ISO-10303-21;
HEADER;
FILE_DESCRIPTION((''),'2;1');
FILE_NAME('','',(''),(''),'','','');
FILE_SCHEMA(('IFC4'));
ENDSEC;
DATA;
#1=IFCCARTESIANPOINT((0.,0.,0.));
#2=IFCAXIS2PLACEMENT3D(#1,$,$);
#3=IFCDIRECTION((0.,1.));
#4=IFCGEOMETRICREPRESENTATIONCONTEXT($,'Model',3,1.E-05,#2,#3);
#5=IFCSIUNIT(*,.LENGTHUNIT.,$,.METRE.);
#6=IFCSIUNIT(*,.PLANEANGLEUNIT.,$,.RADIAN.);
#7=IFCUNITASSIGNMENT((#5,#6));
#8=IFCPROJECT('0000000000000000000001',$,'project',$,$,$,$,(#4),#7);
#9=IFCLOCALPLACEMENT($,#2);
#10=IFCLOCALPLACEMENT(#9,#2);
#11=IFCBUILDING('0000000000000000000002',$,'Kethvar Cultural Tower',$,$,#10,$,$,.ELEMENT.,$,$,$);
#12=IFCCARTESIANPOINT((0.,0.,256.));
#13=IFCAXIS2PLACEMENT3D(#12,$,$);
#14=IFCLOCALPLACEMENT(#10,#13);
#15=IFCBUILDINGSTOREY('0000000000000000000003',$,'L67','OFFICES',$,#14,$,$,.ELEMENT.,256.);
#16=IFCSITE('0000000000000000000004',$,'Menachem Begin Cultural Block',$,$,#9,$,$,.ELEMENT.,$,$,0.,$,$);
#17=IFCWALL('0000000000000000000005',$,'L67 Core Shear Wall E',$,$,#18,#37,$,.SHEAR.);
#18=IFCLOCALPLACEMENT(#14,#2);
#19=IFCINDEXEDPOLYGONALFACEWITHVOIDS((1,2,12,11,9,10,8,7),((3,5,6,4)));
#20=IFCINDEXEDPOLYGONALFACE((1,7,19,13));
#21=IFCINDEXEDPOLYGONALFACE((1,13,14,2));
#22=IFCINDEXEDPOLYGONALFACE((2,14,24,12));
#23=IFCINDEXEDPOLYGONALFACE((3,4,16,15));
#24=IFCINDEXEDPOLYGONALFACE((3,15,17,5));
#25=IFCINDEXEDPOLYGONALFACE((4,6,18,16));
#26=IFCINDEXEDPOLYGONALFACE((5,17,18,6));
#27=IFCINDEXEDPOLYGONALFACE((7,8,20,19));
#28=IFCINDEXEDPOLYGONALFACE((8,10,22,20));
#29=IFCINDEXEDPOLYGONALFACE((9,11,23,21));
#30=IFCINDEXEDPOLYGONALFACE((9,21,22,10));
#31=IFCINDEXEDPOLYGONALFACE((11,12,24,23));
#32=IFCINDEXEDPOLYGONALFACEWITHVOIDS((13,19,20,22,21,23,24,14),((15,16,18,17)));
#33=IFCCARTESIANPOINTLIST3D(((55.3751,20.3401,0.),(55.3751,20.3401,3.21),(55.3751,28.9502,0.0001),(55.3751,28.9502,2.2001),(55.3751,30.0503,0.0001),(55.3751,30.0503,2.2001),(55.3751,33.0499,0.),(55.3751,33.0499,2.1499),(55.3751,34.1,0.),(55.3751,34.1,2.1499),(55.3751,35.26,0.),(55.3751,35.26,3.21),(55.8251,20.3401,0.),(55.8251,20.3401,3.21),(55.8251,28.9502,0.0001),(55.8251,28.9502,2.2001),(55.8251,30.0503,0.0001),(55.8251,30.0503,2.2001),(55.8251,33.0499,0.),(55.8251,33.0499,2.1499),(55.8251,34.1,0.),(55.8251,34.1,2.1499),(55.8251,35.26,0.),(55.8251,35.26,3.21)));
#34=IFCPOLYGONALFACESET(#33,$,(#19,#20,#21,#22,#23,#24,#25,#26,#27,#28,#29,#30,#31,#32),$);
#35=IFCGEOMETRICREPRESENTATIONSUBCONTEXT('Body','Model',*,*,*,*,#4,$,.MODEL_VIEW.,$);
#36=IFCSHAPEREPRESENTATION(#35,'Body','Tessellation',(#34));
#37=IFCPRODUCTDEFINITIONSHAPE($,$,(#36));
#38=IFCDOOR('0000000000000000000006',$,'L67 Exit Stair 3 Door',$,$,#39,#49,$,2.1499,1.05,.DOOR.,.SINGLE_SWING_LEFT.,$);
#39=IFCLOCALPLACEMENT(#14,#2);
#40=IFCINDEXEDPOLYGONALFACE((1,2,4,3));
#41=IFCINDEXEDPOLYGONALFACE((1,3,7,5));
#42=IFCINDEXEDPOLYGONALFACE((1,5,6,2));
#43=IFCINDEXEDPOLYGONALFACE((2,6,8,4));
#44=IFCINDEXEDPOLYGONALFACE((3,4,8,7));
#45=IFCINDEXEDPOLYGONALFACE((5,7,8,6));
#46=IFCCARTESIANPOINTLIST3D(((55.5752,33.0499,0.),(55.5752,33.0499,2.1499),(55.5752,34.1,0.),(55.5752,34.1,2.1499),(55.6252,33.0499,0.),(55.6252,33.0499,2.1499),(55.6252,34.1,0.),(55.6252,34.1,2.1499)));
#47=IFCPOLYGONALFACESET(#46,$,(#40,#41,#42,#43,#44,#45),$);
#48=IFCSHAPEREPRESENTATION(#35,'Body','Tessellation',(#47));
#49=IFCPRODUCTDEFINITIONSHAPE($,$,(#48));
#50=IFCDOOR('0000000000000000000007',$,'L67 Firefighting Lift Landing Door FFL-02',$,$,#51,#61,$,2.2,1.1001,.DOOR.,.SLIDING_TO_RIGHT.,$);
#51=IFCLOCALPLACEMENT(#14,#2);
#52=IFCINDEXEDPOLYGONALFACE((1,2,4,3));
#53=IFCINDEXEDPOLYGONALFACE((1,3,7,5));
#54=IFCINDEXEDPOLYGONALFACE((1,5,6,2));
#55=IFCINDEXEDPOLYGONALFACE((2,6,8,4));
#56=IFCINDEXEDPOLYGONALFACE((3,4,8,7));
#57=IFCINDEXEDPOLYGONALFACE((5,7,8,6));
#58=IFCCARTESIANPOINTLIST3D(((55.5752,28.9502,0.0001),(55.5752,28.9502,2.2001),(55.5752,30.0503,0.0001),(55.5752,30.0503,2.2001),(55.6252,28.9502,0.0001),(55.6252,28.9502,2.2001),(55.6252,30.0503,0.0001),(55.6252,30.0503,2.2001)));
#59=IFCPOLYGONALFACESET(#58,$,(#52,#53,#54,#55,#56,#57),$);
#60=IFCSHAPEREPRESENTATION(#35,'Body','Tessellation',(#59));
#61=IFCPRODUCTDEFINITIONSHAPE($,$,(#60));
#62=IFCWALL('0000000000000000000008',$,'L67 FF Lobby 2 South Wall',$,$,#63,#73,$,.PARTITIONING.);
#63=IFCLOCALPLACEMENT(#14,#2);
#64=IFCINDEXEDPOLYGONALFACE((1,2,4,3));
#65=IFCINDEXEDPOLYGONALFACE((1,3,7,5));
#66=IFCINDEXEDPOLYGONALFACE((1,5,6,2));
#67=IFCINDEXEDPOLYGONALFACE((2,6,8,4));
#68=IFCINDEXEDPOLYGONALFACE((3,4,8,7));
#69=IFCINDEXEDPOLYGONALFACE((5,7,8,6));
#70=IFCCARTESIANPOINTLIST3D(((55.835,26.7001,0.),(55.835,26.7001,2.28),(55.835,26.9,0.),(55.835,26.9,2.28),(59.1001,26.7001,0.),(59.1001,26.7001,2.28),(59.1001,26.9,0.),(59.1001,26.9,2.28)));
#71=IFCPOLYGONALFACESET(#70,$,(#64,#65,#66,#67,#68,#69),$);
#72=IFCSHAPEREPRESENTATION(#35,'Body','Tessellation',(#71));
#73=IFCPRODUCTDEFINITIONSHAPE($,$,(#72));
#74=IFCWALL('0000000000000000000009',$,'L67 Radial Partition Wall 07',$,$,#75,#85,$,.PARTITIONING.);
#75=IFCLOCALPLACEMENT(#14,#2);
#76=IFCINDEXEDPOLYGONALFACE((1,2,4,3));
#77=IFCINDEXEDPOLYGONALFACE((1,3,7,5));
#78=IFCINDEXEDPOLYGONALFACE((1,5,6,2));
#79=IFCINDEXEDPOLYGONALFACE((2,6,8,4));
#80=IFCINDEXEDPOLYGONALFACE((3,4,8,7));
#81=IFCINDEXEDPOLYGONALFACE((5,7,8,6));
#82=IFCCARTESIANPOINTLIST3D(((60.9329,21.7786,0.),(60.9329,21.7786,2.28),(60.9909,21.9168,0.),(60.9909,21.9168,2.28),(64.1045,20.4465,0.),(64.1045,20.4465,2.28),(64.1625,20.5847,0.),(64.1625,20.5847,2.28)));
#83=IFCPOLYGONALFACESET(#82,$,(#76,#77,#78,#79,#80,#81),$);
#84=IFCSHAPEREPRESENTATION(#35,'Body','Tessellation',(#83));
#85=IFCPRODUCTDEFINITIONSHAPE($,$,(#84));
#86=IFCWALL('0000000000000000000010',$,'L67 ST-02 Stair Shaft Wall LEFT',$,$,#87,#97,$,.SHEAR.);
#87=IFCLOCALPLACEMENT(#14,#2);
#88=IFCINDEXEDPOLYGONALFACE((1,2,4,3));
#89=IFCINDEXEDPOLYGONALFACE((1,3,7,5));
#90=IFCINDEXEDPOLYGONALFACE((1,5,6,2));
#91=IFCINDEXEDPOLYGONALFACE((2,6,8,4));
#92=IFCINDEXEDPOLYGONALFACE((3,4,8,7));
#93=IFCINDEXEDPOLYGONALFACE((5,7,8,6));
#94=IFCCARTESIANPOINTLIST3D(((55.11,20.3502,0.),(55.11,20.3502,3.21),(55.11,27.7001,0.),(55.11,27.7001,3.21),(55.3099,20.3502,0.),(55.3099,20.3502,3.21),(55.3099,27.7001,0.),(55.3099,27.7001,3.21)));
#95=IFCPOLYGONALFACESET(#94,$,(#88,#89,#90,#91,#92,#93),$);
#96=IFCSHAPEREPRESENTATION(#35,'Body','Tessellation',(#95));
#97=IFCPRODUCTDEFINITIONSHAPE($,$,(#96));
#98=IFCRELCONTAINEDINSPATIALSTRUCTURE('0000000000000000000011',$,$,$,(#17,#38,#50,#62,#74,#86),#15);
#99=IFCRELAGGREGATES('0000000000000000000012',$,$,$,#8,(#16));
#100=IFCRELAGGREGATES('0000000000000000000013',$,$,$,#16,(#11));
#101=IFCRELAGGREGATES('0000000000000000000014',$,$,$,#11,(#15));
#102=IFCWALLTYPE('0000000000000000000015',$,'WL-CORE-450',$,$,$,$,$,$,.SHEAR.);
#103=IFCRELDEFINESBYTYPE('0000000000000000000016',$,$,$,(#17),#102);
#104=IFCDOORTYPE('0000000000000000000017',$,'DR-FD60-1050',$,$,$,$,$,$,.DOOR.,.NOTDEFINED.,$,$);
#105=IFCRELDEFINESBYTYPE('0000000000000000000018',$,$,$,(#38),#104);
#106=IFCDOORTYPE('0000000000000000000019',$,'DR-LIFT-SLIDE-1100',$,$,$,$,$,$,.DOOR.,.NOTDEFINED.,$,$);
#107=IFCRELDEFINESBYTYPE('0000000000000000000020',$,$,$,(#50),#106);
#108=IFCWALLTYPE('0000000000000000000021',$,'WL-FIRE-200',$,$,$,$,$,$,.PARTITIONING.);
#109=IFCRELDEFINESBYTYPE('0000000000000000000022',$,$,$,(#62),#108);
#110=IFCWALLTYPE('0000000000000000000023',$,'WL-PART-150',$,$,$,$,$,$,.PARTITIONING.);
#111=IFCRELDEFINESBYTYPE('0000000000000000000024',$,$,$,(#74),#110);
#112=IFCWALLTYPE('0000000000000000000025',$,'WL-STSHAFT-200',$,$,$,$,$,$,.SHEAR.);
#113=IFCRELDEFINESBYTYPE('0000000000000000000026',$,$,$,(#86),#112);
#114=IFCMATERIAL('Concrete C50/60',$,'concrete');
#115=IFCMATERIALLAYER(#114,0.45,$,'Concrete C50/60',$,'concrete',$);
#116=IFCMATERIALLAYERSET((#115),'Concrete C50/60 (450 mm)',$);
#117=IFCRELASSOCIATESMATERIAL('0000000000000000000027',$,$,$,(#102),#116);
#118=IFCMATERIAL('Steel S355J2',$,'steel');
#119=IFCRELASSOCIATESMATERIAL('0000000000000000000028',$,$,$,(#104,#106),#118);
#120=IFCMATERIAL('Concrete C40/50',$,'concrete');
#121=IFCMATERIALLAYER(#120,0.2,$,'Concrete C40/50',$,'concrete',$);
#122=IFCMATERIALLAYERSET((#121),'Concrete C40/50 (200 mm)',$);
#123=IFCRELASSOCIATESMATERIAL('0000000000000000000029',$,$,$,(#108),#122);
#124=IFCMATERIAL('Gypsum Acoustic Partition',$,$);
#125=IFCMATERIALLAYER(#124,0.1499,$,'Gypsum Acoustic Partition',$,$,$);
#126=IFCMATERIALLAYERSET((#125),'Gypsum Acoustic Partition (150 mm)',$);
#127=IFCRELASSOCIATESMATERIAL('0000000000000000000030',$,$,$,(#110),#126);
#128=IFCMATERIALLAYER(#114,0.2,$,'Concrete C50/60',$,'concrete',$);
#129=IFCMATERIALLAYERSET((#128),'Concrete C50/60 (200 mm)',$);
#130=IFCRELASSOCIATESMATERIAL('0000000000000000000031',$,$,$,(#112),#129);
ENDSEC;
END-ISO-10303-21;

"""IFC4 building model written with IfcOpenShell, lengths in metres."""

from ifc_helpers import new_model, si_unit, direction, frame, frame_2d, origin, place, context, subcontext, project, spatial, rectangle, extrude, source, transform, mapped, material, layer, layer_set, type_object, element, fill, save


model = new_model("IFC4")

# Units and contexts
model_context = context("Model", 3, precision=1e-05, world=origin(), true_north=direction((0.0, 1.0)))
body_context = subcontext(model_context, "Body", "Model", "MODEL_VIEW")
ifc_project = project(units=[si_unit("LENGTHUNIT", "METRE"), si_unit("PLANEANGLEUNIT", "RADIAN")], contexts=[model_context])

# Site, building, storey
site_placement = place(None, origin())
site = spatial("IfcSite", under=ifc_project, at=site_placement, Name="Menachem Begin Cultural Block", CompositionType="ELEMENT", RefElevation=0.0)
building_placement = place(site_placement, origin())
building = spatial("IfcBuilding", under=site, at=building_placement, Name="Kethvar Cultural Tower", CompositionType="ELEMENT")
storey_placement = place(building_placement, frame((0.0, 0.0, 256.0)))
storey = spatial("IfcBuildingStorey", under=building, at=storey_placement, Name="L67", Description="OFFICES", CompositionType="ELEMENT", Elevation=256.0)

# Shared definitions
ifc_material_1 = material(Name="Steel S355J2", Category="steel")

# Wall, openings, doors
ifc_material_2 = material(Name="Concrete C50/60", Category="concrete")
ifc_layer_1 = layer(ifc_material_2, 0.45, Name="Concrete C50/60", Category="concrete")
ifc_layer_set_1 = layer_set([ifc_layer_1], Name="Concrete C50/60 (450 mm)")
wall_type_1 = type_object("IfcWallType", Name="WL-CORE-450", PredefinedType="SHEAR", material=ifc_layer_set_1)
wall_1_placement = place(storey_placement, frame((55.6001, 20.3401, 0.0), z_axis=(0.0, 0.0, 1.0), x_axis=(0.0, 1.0, 0.0)))
wall_1 = element("IfcWall", 1, at=wall_1_placement, inside=storey, type_object=wall_type_1, Name="L67 Core Shear Wall E", PredefinedType="SHEAR", context=body_context, shape_type="SweptSolid", body=[
    extrude(rectangle(XDim=14.9199, YDim=0.45, at=frame_2d((7.46, 0.0))), origin(), (0.0, 0.0, 1.0), 3.21),
])
opening_1_placement = place(wall_1_placement, frame((12.71, 0.0, 0.0)))
opening_1 = element("IfcOpeningElement", 2, at=opening_1_placement, cuts=wall_1, PredefinedType="OPENING", context=body_context, shape_type="SweptSolid", body=[
    extrude(rectangle(XDim=1.05, YDim=2.1499, at=frame_2d((0.5249, 1.075))), frame((0.0, 0.2349, 0.0), z_axis=(0.0, -1.0, 0.0), x_axis=(1.0, 0.0, 0.0)), (0.0, 0.0, 1.0), 0.47),
])
opening_2_placement = place(wall_1_placement, frame((8.6101, 0.0, 0.0)))
opening_2 = element("IfcOpeningElement", 3, at=opening_2_placement, cuts=wall_1, PredefinedType="OPENING", context=body_context, shape_type="SweptSolid", body=[
    extrude(rectangle(XDim=1.1001, YDim=2.2, at=frame_2d((0.55, 1.1001))), frame((0.0, 0.2349, 0.0), z_axis=(0.0, -1.0, 0.0), x_axis=(1.0, 0.0, 0.0)), (0.0, 0.0, 1.0), 0.47),
])
door_type_1 = type_object("IfcDoorType", Name="DR-FD60-1050", OperationType="NOTDEFINED", PredefinedType="DOOR", material=ifc_material_1)
shared_shape_1 = source(origin(), body_context, "Body", "SweptSolid", [
    extrude(rectangle(XDim=1.05, YDim=2.1499, at=frame_2d((0.5249, 1.075))), frame((0.0, 0.0249, 0.0), z_axis=(0.0, -1.0, 0.0), x_axis=(1.0, 0.0, 0.0)), (0.0, 0.0, 1.0), 0.05),
])
door_1_placement = place(opening_1_placement, origin())
door_1 = element("IfcDoor", 4, at=door_1_placement, inside=storey, type_object=door_type_1, Name="L67 Exit Stair 3 Door", OperationType="SINGLE_SWING_LEFT", OverallHeight=2.1499, OverallWidth=1.05, PredefinedType="DOOR", context=body_context, shape_type="MappedRepresentation", body=[
    mapped(shared_shape_1, transform((0.0, 0.0, 0.0), scale=1.0)),
])
fill(opening_1, door_1)
door_type_2 = type_object("IfcDoorType", Name="DR-LIFT-SLIDE-1100", OperationType="NOTDEFINED", PredefinedType="DOOR", material=ifc_material_1)
shared_shape_2 = source(origin(), body_context, "Body", "SweptSolid", [
    extrude(rectangle(XDim=1.1001, YDim=2.2, at=frame_2d((0.55, 1.1001))), frame((0.0, 0.0249, 0.0), z_axis=(0.0, -1.0, 0.0), x_axis=(1.0, 0.0, 0.0)), (0.0, 0.0, 1.0), 0.05),
])
door_2_placement = place(opening_2_placement, origin())
door_2 = element("IfcDoor", 5, at=door_2_placement, inside=storey, type_object=door_type_2, Name="L67 Firefighting Lift Landing Door FFL-02", OperationType="SLIDING_TO_RIGHT", OverallHeight=2.2, OverallWidth=1.1001, PredefinedType="DOOR", context=body_context, shape_type="MappedRepresentation", body=[
    mapped(shared_shape_2, transform((0.0, 0.0, 0.0), scale=1.0)),
])
fill(opening_2, door_2)

# Shared definitions
ifc_material_3 = material(Name="Concrete C40/50", Category="concrete")
ifc_layer_2 = layer(ifc_material_3, 0.2, Name="Concrete C40/50", Category="concrete")
ifc_layer_set_2 = layer_set([ifc_layer_2], Name="Concrete C40/50 (200 mm)")
wall_type_2 = type_object("IfcWallType", Name="WL-FIRE-200", PredefinedType="PARTITIONING", material=ifc_layer_set_2)

# Walls
wall_2_placement = place(storey_placement, frame((55.835, 26.8, 0.0), z_axis=(0.0, 0.0, 1.0), x_axis=(1.0, 0.0, 0.0)))
element("IfcWall", 6, at=wall_2_placement, inside=storey, type_object=wall_type_2, Name="L67 FF Lobby 2 South Wall", PredefinedType="PARTITIONING", context=body_context, shape_type="SweptSolid", body=[
    extrude(rectangle(XDim=3.2651, YDim=0.2, at=frame_2d((1.6326, 0.0))), origin(), (0.0, 0.0, 1.0), 2.28),
])
ifc_material_4 = material(Name="Gypsum Acoustic Partition")
ifc_layer_3 = layer(ifc_material_4, 0.1499, Name="Gypsum Acoustic Partition")
ifc_layer_set_3 = layer_set([ifc_layer_3], Name="Gypsum Acoustic Partition (150 mm)")
wall_type_3 = type_object("IfcWallType", Name="WL-PART-150", PredefinedType="PARTITIONING", material=ifc_layer_set_3)
wall_3_placement = place(storey_placement, frame((60.9619, 21.8477, 0.0), z_axis=(0.0, 0.0, 1.0), x_axis=(0.921988, -0.387219, 0.0)))
element("IfcWall", 7, at=wall_3_placement, inside=storey, type_object=wall_type_3, Name="L67 Radial Partition Wall 07", PredefinedType="PARTITIONING", context=body_context, shape_type="SweptSolid", body=[
    extrude(rectangle(XDim=3.4399, YDim=0.1499, at=frame_2d((1.72, 0.0))), origin(), (0.0, 0.0, 1.0), 2.28),
])
ifc_layer_4 = layer(ifc_material_2, 0.2, Name="Concrete C50/60", Category="concrete")
ifc_layer_set_4 = layer_set([ifc_layer_4], Name="Concrete C50/60 (200 mm)")
wall_type_4 = type_object("IfcWallType", Name="WL-STSHAFT-200", PredefinedType="SHEAR", material=ifc_layer_set_4)
wall_4_placement = place(storey_placement, frame((55.21, 27.7, 0.0), z_axis=(0.0, 0.0, 1.0), x_axis=(0.0, -1.0, 0.0)))
element("IfcWall", 8, at=wall_4_placement, inside=storey, type_object=wall_type_4, Name="L67 ST-02 Stair Shaft Wall LEFT", PredefinedType="SHEAR", context=body_context, shape_type="SweptSolid", body=[
    extrude(rectangle(XDim=7.3499, YDim=0.2, at=frame_2d((3.6748, 0.0))), origin(), (0.0, 0.0, 1.0), 3.21),
])

save(model, "model.ifc")
